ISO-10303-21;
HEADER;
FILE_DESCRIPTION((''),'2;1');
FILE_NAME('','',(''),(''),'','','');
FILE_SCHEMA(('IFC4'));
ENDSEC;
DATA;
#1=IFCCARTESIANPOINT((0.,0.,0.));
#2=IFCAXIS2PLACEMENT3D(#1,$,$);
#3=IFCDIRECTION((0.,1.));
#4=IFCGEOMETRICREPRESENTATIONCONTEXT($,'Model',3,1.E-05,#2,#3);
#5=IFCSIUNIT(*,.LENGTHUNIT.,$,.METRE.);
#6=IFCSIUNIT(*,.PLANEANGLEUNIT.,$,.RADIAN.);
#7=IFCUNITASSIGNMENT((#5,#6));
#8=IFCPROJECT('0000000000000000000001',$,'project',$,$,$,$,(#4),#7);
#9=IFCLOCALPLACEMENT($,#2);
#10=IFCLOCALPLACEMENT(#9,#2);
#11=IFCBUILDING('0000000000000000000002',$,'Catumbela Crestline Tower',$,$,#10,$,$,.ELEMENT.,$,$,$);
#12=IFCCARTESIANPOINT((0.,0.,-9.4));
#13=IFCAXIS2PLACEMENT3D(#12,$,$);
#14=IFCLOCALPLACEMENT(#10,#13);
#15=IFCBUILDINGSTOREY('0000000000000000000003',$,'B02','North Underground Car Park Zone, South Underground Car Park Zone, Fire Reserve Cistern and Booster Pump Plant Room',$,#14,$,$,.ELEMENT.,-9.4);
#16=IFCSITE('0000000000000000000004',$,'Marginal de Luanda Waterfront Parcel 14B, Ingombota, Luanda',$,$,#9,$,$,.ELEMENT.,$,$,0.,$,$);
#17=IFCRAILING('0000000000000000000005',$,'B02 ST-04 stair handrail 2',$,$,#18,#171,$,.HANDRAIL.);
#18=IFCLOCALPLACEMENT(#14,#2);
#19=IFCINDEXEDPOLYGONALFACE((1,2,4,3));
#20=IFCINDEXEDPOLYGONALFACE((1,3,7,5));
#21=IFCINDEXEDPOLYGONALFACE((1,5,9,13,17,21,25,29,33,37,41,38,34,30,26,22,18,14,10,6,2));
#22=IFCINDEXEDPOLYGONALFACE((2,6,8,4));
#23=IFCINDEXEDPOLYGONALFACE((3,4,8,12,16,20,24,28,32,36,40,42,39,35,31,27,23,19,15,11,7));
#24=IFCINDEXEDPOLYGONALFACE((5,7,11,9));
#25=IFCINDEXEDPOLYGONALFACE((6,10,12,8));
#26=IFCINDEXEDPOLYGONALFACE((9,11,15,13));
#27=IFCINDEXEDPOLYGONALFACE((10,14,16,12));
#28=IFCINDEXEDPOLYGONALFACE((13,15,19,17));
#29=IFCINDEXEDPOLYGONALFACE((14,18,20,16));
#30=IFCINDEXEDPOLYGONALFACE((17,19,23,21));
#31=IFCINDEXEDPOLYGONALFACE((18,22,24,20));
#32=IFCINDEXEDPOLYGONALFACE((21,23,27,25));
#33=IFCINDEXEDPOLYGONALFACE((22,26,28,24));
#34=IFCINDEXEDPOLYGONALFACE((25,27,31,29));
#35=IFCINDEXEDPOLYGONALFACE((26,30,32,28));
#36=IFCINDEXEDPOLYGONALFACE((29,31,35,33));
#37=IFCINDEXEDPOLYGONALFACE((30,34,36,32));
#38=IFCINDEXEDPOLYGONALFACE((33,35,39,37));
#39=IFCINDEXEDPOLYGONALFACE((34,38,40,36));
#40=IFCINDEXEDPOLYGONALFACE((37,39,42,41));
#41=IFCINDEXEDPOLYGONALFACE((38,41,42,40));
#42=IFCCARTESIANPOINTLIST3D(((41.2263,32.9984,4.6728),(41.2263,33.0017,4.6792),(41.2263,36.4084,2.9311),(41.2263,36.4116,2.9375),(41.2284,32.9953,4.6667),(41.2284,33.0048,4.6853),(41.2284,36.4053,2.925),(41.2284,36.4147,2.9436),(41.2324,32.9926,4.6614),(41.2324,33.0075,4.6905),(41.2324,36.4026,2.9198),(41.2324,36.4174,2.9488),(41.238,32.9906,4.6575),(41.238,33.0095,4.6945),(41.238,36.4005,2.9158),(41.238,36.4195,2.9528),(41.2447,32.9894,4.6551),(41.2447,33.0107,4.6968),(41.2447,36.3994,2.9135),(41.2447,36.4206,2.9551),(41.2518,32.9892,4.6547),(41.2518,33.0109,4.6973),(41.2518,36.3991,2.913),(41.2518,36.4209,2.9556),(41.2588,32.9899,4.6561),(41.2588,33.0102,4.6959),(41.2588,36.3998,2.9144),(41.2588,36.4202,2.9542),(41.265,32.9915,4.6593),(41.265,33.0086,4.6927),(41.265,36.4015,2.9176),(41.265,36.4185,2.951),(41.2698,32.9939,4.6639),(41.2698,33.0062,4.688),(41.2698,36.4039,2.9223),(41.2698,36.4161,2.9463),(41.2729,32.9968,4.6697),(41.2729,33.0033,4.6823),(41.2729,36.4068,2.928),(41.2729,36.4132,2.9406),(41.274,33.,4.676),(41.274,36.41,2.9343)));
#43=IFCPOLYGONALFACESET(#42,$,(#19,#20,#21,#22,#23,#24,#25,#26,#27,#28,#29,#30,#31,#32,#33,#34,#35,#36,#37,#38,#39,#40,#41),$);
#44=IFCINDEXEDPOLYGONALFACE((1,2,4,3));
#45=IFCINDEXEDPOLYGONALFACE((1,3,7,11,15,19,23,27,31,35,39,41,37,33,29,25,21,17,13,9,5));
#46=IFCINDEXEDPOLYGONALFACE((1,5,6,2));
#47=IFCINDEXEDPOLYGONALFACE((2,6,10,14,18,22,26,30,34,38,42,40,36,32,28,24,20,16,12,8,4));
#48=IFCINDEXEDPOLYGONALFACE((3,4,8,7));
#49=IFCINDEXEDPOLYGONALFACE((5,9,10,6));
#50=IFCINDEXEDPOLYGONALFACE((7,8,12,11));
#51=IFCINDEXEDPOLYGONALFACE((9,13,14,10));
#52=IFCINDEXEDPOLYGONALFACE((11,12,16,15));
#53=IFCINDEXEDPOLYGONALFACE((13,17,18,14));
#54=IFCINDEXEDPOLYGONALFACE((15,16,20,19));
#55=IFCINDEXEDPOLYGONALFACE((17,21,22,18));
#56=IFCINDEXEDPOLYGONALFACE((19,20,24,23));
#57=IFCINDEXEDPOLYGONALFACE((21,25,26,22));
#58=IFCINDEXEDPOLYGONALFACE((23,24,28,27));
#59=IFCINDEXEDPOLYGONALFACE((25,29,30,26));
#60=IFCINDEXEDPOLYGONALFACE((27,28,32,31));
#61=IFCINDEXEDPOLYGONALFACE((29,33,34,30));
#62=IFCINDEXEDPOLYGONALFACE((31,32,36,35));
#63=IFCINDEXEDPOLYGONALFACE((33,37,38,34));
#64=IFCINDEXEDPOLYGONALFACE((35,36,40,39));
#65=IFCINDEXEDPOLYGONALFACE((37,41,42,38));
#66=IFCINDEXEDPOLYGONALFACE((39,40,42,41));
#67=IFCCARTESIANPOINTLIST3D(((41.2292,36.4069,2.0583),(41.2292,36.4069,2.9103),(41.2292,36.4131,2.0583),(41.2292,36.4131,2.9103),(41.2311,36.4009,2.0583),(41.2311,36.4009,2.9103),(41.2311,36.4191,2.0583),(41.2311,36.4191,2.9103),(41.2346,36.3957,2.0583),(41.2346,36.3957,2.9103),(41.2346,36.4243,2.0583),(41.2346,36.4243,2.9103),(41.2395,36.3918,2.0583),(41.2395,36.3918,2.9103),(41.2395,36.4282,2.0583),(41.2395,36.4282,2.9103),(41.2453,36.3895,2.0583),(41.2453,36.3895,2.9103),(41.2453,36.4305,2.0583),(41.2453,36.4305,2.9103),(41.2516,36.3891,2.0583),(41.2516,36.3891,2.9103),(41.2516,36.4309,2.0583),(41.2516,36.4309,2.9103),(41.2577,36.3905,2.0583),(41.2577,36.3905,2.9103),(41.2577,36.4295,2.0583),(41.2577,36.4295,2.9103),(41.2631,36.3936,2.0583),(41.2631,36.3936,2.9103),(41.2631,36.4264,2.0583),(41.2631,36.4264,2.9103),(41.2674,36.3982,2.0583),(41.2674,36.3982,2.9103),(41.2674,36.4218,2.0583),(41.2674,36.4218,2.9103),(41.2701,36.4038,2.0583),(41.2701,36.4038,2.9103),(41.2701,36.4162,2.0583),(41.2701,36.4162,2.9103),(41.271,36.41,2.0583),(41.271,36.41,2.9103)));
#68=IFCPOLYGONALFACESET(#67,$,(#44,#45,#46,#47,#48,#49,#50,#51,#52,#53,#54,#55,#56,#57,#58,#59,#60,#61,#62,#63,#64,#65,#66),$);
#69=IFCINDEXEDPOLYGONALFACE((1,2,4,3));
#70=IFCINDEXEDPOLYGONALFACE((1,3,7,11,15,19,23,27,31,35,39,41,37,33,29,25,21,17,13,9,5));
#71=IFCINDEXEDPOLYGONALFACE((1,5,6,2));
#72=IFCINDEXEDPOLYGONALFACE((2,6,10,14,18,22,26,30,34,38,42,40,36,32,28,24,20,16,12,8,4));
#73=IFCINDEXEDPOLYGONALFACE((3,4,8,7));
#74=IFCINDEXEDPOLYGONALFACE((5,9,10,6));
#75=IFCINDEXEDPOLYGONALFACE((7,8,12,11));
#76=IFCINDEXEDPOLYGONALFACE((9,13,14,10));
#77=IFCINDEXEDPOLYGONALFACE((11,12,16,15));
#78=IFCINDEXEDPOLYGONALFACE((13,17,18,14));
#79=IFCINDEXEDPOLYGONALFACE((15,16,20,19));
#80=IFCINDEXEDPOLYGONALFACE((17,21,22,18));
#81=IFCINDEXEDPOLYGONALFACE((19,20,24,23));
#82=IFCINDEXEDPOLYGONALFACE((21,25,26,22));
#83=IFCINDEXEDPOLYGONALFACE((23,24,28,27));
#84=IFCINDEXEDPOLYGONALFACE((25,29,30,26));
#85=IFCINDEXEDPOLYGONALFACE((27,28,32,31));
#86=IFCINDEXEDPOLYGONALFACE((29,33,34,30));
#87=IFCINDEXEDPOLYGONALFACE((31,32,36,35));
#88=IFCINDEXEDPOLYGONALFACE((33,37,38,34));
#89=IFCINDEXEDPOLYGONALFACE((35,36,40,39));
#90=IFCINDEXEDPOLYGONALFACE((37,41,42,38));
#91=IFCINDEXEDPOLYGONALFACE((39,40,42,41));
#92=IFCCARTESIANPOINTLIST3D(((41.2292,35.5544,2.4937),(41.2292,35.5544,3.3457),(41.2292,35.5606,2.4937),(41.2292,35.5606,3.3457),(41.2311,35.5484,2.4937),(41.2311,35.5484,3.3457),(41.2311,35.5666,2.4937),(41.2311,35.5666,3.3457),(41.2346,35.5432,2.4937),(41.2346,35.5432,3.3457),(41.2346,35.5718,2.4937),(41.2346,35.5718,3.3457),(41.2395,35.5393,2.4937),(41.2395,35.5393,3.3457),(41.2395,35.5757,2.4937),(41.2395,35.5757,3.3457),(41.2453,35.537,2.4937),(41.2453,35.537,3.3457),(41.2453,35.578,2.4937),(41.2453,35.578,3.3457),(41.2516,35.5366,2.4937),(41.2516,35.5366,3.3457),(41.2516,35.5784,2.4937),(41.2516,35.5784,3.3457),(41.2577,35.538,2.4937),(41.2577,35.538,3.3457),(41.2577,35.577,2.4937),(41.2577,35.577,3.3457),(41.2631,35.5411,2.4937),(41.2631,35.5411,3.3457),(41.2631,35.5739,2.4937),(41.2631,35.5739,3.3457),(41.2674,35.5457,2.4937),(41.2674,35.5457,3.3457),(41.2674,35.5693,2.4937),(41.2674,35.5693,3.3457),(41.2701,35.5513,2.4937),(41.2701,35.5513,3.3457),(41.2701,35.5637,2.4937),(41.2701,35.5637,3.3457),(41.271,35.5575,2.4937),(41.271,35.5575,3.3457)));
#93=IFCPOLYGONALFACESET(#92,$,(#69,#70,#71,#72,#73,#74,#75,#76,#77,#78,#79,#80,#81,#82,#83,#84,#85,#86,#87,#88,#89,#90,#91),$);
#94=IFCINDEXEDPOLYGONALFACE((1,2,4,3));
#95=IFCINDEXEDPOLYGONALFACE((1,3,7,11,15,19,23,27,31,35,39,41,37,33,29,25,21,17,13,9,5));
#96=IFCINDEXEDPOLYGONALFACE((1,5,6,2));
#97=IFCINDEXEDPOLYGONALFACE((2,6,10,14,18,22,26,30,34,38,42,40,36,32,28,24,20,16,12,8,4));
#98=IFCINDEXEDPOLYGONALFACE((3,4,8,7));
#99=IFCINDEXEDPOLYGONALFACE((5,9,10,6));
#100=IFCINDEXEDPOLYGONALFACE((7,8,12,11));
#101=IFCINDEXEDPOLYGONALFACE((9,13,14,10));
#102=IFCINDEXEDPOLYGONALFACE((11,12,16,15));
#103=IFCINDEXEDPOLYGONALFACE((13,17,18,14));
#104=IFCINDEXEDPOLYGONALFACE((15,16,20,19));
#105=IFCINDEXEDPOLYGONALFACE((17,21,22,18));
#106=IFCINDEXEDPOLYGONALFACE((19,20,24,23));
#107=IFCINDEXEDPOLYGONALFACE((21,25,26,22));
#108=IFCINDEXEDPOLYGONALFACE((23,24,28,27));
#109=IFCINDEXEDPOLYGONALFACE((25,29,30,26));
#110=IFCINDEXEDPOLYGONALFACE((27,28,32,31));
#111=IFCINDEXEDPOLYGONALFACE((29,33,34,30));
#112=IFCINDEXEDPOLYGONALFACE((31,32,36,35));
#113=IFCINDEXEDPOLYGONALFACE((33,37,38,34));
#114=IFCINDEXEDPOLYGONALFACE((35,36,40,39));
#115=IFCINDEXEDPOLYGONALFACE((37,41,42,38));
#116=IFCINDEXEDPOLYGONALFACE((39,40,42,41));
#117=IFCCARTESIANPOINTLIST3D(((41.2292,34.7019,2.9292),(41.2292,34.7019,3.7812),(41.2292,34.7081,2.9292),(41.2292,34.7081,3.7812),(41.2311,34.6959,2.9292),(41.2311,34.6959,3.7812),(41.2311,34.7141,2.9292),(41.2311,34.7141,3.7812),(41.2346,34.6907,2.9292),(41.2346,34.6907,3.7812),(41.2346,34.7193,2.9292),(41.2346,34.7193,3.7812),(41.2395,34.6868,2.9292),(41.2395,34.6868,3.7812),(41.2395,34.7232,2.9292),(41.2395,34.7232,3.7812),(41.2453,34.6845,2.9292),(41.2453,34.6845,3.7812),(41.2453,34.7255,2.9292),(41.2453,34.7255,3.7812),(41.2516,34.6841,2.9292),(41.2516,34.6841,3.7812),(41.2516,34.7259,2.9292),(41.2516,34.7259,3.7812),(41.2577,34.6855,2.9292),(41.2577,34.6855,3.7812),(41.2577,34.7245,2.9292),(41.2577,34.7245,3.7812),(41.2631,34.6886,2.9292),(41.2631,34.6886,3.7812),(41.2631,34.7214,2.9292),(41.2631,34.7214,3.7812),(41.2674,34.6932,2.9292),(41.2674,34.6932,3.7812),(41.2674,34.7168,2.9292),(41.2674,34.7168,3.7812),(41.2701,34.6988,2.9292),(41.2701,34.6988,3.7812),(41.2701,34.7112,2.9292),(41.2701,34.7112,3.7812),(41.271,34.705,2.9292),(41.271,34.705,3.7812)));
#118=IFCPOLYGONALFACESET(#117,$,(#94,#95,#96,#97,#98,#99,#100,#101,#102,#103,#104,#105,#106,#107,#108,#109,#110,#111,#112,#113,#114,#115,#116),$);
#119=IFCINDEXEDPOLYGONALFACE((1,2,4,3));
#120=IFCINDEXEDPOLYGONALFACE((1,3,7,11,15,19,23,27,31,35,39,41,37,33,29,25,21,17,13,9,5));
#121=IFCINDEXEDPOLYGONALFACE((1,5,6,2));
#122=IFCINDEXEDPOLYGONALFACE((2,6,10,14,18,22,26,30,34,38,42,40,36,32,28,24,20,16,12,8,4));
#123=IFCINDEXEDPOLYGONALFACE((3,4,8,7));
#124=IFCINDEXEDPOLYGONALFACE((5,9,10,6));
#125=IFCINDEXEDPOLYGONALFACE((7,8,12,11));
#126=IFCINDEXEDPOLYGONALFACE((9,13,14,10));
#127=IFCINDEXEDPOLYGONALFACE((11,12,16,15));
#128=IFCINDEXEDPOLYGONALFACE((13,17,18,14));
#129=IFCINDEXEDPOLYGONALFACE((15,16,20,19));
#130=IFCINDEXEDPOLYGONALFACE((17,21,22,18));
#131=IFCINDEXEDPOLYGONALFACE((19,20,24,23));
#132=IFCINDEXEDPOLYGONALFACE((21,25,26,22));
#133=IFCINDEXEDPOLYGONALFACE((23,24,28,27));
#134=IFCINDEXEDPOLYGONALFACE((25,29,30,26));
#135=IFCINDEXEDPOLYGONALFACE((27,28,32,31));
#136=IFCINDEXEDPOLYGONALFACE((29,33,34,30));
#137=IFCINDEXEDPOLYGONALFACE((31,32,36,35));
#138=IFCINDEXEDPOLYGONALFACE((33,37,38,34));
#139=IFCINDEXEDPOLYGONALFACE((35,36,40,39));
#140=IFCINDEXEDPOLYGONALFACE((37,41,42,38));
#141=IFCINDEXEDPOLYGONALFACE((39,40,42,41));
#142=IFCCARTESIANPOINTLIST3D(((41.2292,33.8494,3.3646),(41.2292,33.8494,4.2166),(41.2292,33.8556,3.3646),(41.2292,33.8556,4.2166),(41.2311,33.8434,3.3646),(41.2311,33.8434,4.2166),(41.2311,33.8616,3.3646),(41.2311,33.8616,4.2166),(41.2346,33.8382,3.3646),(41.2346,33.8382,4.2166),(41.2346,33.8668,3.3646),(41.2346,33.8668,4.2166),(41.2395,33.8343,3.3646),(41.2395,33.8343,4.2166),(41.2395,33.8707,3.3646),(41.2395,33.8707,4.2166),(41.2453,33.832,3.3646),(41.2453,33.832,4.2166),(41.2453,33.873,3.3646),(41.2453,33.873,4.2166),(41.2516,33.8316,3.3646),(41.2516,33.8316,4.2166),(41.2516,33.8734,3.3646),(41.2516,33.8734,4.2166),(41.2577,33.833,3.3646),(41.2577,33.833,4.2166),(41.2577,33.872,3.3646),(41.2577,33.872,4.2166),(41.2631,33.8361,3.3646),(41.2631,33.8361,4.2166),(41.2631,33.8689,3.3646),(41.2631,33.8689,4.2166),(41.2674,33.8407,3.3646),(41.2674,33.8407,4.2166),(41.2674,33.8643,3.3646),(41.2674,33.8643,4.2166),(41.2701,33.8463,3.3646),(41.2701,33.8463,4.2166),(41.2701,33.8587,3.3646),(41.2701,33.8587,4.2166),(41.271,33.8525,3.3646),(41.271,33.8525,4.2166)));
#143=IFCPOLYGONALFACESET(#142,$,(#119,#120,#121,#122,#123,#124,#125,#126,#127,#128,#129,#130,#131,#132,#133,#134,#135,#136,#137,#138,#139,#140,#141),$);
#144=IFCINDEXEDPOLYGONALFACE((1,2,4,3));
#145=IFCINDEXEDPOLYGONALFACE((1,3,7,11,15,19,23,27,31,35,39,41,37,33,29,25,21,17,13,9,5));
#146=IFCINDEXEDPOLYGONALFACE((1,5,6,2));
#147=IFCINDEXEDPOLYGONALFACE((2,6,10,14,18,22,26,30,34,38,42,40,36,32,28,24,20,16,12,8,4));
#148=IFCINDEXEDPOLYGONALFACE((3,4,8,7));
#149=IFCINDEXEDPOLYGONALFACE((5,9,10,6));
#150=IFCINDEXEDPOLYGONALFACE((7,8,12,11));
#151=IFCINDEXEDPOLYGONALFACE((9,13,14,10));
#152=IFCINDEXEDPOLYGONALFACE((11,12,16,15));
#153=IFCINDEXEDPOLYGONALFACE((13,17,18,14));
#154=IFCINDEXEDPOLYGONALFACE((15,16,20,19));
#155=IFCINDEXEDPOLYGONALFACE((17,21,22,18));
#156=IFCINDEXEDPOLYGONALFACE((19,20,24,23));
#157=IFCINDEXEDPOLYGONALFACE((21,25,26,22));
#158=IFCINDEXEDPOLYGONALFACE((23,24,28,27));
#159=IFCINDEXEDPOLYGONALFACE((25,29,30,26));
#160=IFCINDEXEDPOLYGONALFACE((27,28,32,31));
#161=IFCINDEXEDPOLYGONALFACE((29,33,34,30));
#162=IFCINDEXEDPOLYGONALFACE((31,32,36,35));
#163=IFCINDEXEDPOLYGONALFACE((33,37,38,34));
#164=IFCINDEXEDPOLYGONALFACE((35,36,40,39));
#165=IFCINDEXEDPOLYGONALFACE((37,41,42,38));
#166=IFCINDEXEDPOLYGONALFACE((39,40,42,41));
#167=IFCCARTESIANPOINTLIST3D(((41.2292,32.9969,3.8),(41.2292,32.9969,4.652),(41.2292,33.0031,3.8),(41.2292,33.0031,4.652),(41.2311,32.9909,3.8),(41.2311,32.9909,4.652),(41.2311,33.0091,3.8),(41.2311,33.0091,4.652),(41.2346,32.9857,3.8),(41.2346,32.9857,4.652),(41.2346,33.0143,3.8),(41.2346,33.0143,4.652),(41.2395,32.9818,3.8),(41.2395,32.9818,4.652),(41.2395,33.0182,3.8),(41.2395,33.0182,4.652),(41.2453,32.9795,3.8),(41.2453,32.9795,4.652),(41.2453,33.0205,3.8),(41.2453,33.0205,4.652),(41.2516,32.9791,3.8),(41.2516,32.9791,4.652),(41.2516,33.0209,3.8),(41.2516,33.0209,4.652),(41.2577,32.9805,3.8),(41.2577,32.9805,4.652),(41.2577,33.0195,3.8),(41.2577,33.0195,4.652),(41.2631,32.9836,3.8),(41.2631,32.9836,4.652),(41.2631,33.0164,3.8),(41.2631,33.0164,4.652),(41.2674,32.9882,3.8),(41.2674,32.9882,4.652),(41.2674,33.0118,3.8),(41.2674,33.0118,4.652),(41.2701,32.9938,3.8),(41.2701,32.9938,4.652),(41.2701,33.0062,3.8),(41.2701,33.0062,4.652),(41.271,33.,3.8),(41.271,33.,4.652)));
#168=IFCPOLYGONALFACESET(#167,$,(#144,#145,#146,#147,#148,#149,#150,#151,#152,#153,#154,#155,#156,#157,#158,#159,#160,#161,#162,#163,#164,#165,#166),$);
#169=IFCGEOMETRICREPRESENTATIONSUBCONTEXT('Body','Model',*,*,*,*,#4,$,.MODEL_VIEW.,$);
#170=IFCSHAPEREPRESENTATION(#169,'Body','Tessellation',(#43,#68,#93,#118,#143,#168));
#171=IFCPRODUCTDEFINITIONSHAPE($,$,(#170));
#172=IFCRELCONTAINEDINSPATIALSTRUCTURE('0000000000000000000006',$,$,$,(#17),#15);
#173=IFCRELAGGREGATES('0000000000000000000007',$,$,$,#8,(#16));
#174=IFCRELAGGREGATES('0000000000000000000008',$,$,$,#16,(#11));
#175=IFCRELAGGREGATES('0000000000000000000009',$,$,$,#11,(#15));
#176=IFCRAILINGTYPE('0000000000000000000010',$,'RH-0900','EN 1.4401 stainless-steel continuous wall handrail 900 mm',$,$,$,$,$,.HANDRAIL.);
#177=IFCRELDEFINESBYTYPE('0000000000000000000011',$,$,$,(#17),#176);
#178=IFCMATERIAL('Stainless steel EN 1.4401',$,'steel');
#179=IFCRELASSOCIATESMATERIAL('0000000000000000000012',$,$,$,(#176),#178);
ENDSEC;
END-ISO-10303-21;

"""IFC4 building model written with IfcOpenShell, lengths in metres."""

from ifc_helpers import new_model, si_unit, direction, frame, origin, origin_2d, place, context, subcontext, project, spatial, circle, extrude, material, type_object, element, save


model = new_model("IFC4")

# Units and contexts
model_context = context("Model", 3, precision=1e-05, world=origin(), true_north=direction((0.0, 1.0)))
body_context = subcontext(model_context, "Body", "Model", "MODEL_VIEW")
ifc_project = project(units=[si_unit("LENGTHUNIT", "METRE"), si_unit("PLANEANGLEUNIT", "RADIAN")], contexts=[model_context])

# Site, building, storey
site_placement = place(None, origin())
site = spatial("IfcSite", under=ifc_project, at=site_placement, Name="Marginal de Luanda Waterfront Parcel 14B, Ingombota, Luanda", CompositionType="ELEMENT", RefElevation=0.0)
building_placement = place(site_placement, origin())
building = spatial("IfcBuilding", under=site, at=building_placement, Name="Catumbela Crestline Tower", CompositionType="ELEMENT")
storey_placement = place(building_placement, frame((0.0, 0.0, -9.4)))
storey = spatial("IfcBuildingStorey", under=building, at=storey_placement, Name="B02", Description="North Underground Car Park Zone, South Underground Car Park Zone, Fire Reserve Cistern and Booster Pump Plant Room", CompositionType="ELEMENT", Elevation=-9.4)

# Shared definitions
ifc_material_1 = material(Name="Stainless steel EN 1.4401", Category="steel")

# Railing
railing_type_1 = type_object("IfcRailingType", Name="RH-0900", Description="EN 1.4401 stainless-steel continuous wall handrail 900 mm", PredefinedType="HANDRAIL", material=ifc_material_1)
railing_1_placement = place(storey_placement, frame((41.25, 36.41, 2.0583)))
element("IfcRailing", 1, at=railing_1_placement, inside=storey, type_object=railing_type_1, Name="B02 ST-04 stair handrail 2", PredefinedType="HANDRAIL", context=body_context, shape_type="SweptSolid", body=[
    extrude(circle(Radius=0.024, at=origin_2d()), frame((0.0, 0.0, 0.876), z_axis=(0.0, -0.89056, 0.454865), x_axis=(1.0, 0.0, 0.0)), (0.0, 0.0, 1.0), 3.829),
    extrude(circle(Radius=0.021, at=origin_2d()), origin(), (0.0, 0.0, 1.0), 0.852),
    extrude(circle(Radius=0.021, at=origin_2d()), frame((0.0, -0.8525, 0.4354)), (0.0, 0.0, 1.0), 0.852),
    extrude(circle(Radius=0.021, at=origin_2d()), frame((0.0, -1.705, 0.8709)), (0.0, 0.0, 1.0), 0.852),
    extrude(circle(Radius=0.021, at=origin_2d()), frame((0.0, -2.5575, 1.3063)), (0.0, 0.0, 1.0), 0.852),
    extrude(circle(Radius=0.021, at=origin_2d()), frame((0.0, -3.41, 1.7417)), (0.0, 0.0, 1.0), 0.852),
])

save(model, "model.ifc")
